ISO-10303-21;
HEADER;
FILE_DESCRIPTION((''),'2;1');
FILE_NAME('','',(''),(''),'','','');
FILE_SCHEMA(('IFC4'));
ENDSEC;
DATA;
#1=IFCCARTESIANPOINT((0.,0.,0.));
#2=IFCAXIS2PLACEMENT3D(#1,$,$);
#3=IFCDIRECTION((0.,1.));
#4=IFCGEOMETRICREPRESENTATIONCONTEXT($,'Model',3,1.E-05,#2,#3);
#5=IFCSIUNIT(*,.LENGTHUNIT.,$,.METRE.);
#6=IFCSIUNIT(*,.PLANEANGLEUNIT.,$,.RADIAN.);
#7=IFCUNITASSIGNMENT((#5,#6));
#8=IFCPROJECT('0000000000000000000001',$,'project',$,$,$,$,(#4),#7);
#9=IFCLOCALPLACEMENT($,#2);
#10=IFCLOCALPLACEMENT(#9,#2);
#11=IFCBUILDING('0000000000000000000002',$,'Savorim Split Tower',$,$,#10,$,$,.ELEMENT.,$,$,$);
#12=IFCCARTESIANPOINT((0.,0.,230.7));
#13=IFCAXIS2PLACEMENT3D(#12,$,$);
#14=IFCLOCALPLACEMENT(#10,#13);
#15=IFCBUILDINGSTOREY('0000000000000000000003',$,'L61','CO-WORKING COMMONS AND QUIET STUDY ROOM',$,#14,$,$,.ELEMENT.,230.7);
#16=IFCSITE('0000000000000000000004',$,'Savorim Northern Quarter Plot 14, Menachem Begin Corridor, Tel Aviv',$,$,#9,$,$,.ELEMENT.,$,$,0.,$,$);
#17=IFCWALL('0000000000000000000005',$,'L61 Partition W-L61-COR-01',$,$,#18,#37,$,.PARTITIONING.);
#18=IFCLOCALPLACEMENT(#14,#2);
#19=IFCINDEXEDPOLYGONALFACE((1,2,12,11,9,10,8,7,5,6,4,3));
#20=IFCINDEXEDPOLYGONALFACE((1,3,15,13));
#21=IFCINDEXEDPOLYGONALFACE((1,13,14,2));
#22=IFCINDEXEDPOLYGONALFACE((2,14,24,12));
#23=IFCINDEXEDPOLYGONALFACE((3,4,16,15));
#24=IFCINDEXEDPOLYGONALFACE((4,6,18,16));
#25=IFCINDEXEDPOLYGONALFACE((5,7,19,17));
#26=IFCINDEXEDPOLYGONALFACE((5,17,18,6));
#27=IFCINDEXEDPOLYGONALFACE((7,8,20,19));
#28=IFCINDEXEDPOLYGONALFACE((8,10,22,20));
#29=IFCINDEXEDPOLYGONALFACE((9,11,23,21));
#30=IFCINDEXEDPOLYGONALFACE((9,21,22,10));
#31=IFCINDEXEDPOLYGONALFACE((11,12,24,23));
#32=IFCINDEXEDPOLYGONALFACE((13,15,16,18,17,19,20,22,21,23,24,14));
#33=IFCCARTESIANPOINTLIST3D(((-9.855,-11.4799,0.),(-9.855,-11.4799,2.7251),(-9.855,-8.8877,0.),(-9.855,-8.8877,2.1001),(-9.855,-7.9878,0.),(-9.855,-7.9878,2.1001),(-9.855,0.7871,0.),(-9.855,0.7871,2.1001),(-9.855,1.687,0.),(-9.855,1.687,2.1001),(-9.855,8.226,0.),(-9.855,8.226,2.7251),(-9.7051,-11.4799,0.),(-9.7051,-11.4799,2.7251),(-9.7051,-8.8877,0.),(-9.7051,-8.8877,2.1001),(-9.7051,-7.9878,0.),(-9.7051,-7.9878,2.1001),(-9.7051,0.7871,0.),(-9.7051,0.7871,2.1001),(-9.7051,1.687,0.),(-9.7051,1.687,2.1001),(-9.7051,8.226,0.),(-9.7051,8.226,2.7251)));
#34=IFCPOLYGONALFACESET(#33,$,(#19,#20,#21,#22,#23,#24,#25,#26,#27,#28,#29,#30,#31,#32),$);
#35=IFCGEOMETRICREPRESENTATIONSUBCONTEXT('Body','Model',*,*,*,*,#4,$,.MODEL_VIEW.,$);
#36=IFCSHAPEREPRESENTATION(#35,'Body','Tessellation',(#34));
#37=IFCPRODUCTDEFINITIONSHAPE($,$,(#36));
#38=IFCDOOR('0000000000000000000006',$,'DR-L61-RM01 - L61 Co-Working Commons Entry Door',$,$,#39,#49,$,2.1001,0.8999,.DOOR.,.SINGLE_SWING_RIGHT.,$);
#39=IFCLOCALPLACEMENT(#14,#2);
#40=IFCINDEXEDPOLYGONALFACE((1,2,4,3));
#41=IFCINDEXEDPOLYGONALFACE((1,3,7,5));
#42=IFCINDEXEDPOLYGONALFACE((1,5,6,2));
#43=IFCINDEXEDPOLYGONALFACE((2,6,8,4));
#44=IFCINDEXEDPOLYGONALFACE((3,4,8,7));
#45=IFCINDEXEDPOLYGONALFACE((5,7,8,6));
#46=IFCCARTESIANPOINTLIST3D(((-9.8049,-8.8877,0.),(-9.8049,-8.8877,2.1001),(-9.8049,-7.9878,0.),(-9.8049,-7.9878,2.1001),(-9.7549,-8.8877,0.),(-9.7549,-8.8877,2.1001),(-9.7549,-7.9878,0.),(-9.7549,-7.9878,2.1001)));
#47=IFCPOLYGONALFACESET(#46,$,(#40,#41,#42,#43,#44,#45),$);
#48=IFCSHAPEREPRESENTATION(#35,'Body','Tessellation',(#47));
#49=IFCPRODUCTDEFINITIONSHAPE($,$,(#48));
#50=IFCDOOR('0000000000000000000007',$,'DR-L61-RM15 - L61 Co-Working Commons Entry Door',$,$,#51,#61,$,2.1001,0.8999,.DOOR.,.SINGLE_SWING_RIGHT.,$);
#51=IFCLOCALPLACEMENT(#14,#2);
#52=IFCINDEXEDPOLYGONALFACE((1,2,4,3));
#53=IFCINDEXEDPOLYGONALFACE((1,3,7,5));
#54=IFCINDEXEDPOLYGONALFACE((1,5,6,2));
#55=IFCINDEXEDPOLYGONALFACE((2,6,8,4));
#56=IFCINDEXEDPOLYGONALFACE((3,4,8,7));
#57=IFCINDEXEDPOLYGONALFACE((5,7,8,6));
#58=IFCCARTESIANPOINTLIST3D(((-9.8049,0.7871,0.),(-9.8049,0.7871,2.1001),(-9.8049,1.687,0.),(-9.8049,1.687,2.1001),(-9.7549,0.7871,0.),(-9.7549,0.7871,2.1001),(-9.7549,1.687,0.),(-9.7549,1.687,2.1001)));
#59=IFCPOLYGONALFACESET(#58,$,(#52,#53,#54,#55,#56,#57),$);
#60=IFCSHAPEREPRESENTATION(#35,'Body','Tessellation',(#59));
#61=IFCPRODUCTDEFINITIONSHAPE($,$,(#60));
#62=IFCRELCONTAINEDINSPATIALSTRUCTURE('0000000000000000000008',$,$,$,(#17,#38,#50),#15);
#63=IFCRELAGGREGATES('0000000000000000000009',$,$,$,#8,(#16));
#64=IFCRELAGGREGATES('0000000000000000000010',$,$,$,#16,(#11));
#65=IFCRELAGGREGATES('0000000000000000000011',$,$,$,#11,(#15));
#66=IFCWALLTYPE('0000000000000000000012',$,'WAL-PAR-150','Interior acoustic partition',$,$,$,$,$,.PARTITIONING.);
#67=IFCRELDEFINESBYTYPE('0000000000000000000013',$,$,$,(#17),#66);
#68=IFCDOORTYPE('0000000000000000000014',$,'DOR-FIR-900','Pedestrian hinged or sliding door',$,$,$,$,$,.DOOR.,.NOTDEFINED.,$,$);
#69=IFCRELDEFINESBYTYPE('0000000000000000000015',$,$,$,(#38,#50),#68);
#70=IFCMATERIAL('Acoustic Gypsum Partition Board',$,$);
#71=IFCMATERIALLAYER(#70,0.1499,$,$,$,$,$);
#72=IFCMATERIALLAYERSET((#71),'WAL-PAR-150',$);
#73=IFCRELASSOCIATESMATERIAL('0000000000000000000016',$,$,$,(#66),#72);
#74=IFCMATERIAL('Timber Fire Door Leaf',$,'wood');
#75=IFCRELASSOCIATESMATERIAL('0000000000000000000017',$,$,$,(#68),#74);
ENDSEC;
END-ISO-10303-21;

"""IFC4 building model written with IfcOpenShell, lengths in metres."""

from ifc_helpers import new_model, si_unit, direction, frame, frame_2d, origin, place, context, subcontext, project, spatial, rectangle, extrude, material, layer, layer_set, type_object, element, fill, save


model = new_model("IFC4")

# Units and contexts
model_context = context("Model", 3, precision=1e-05, world=origin(), true_north=direction((0.0, 1.0)))
body_context = subcontext(model_context, "Body", "Model", "MODEL_VIEW")
ifc_project = project(units=[si_unit("LENGTHUNIT", "METRE"), si_unit("PLANEANGLEUNIT", "RADIAN")], contexts=[model_context])

# Site, building, storey
site_placement = place(None, origin())
site = spatial("IfcSite", under=ifc_project, at=site_placement, Name="Savorim Northern Quarter Plot 14, Menachem Begin Corridor, Tel Aviv", CompositionType="ELEMENT", RefElevation=0.0)
building_placement = place(site_placement, origin())
building = spatial("IfcBuilding", under=site, at=building_placement, Name="Savorim Split Tower", CompositionType="ELEMENT")
storey_placement = place(building_placement, frame((0.0, 0.0, 230.7)))
storey = spatial("IfcBuildingStorey", under=building, at=storey_placement, Name="L61", Description="CO-WORKING COMMONS AND QUIET STUDY ROOM", CompositionType="ELEMENT", Elevation=230.7)

# Shared definitions
ifc_material_1 = material(Name="Timber Fire Door Leaf", Category="wood")

# Wall, openings, doors
ifc_material_2 = material(Name="Acoustic Gypsum Partition Board")
ifc_layer_1 = layer(ifc_material_2, 0.1499)
ifc_layer_set_1 = layer_set([ifc_layer_1], Name="WAL-PAR-150")
wall_type_1 = type_object("IfcWallType", Name="WAL-PAR-150", Description="Interior acoustic partition", PredefinedType="PARTITIONING", material=ifc_layer_set_1)
wall_1_placement = place(storey_placement, frame((-9.78, -11.48, 0.0), z_axis=(0.0, 0.0, 1.0), x_axis=(0.0, 1.0, 0.0)))
wall_1 = element("IfcWall", 1, at=wall_1_placement, inside=storey, type_object=wall_type_1, Name="L61 Partition W-L61-COR-01", PredefinedType="PARTITIONING", context=body_context, shape_type="SweptSolid", body=[
    extrude(rectangle(XDim=19.7058, YDim=0.1499, at=frame_2d((9.853, 0.0))), origin(), (0.0, 0.0, 1.0), 2.7251),
])
opening_1_placement = place(wall_1_placement, frame((2.5923, 0.0, 0.0)))
opening_1 = element("IfcOpeningElement", 2, at=opening_1_placement, cuts=wall_1, PredefinedType="OPENING", context=body_context, shape_type="SweptSolid", body=[
    extrude(rectangle(XDim=0.8999, YDim=2.1001, at=frame_2d((0.45, 1.05))), frame((0.0, 0.085, 0.0), z_axis=(0.0, -1.0, 0.0), x_axis=(1.0, 0.0, 0.0)), (0.0, 0.0, 1.0), 0.1699),
])
opening_2_placement = place(wall_1_placement, frame((12.2671, 0.0, 0.0)))
opening_2 = element("IfcOpeningElement", 3, at=opening_2_placement, cuts=wall_1, PredefinedType="OPENING", context=body_context, shape_type="SweptSolid", body=[
    extrude(rectangle(XDim=0.8999, YDim=2.1001, at=frame_2d((0.45, 1.05))), frame((0.0, 0.085, 0.0), z_axis=(0.0, -1.0, 0.0), x_axis=(1.0, 0.0, 0.0)), (0.0, 0.0, 1.0), 0.1699),
])
door_type_1 = type_object("IfcDoorType", Name="DOR-FIR-900", Description="Pedestrian hinged or sliding door", OperationType="NOTDEFINED", PredefinedType="DOOR", material=ifc_material_1)
door_1_placement = place(opening_1_placement, origin())
door_1 = element("IfcDoor", 4, at=door_1_placement, inside=storey, type_object=door_type_1, Name="DR-L61-RM01 - L61 Co-Working Commons Entry Door", OperationType="SINGLE_SWING_RIGHT", OverallHeight=2.1001, OverallWidth=0.8999, PredefinedType="DOOR", context=body_context, shape_type="SweptSolid", body=[
    extrude(rectangle(XDim=0.8999, YDim=2.1001, at=frame_2d((0.45, 1.05))), frame((0.0, 0.0249, 0.0), z_axis=(0.0, -1.0, 0.0), x_axis=(1.0, 0.0, 0.0)), (0.0, 0.0, 1.0), 0.05),
])
fill(opening_1, door_1)
door_2_placement = place(opening_2_placement, origin())
door_2 = element("IfcDoor", 5, at=door_2_placement, inside=storey, type_object=door_type_1, Name="DR-L61-RM15 - L61 Co-Working Commons Entry Door", OperationType="SINGLE_SWING_RIGHT", OverallHeight=2.1001, OverallWidth=0.8999, PredefinedType="DOOR", context=body_context, shape_type="SweptSolid", body=[
    extrude(rectangle(XDim=0.8999, YDim=2.1001, at=frame_2d((0.45, 1.05))), frame((0.0, 0.0249, 0.0), z_axis=(0.0, -1.0, 0.0), x_axis=(1.0, 0.0, 0.0)), (0.0, 0.0, 1.0), 0.05),
])
fill(opening_2, door_2)

save(model, "model.ifc")
